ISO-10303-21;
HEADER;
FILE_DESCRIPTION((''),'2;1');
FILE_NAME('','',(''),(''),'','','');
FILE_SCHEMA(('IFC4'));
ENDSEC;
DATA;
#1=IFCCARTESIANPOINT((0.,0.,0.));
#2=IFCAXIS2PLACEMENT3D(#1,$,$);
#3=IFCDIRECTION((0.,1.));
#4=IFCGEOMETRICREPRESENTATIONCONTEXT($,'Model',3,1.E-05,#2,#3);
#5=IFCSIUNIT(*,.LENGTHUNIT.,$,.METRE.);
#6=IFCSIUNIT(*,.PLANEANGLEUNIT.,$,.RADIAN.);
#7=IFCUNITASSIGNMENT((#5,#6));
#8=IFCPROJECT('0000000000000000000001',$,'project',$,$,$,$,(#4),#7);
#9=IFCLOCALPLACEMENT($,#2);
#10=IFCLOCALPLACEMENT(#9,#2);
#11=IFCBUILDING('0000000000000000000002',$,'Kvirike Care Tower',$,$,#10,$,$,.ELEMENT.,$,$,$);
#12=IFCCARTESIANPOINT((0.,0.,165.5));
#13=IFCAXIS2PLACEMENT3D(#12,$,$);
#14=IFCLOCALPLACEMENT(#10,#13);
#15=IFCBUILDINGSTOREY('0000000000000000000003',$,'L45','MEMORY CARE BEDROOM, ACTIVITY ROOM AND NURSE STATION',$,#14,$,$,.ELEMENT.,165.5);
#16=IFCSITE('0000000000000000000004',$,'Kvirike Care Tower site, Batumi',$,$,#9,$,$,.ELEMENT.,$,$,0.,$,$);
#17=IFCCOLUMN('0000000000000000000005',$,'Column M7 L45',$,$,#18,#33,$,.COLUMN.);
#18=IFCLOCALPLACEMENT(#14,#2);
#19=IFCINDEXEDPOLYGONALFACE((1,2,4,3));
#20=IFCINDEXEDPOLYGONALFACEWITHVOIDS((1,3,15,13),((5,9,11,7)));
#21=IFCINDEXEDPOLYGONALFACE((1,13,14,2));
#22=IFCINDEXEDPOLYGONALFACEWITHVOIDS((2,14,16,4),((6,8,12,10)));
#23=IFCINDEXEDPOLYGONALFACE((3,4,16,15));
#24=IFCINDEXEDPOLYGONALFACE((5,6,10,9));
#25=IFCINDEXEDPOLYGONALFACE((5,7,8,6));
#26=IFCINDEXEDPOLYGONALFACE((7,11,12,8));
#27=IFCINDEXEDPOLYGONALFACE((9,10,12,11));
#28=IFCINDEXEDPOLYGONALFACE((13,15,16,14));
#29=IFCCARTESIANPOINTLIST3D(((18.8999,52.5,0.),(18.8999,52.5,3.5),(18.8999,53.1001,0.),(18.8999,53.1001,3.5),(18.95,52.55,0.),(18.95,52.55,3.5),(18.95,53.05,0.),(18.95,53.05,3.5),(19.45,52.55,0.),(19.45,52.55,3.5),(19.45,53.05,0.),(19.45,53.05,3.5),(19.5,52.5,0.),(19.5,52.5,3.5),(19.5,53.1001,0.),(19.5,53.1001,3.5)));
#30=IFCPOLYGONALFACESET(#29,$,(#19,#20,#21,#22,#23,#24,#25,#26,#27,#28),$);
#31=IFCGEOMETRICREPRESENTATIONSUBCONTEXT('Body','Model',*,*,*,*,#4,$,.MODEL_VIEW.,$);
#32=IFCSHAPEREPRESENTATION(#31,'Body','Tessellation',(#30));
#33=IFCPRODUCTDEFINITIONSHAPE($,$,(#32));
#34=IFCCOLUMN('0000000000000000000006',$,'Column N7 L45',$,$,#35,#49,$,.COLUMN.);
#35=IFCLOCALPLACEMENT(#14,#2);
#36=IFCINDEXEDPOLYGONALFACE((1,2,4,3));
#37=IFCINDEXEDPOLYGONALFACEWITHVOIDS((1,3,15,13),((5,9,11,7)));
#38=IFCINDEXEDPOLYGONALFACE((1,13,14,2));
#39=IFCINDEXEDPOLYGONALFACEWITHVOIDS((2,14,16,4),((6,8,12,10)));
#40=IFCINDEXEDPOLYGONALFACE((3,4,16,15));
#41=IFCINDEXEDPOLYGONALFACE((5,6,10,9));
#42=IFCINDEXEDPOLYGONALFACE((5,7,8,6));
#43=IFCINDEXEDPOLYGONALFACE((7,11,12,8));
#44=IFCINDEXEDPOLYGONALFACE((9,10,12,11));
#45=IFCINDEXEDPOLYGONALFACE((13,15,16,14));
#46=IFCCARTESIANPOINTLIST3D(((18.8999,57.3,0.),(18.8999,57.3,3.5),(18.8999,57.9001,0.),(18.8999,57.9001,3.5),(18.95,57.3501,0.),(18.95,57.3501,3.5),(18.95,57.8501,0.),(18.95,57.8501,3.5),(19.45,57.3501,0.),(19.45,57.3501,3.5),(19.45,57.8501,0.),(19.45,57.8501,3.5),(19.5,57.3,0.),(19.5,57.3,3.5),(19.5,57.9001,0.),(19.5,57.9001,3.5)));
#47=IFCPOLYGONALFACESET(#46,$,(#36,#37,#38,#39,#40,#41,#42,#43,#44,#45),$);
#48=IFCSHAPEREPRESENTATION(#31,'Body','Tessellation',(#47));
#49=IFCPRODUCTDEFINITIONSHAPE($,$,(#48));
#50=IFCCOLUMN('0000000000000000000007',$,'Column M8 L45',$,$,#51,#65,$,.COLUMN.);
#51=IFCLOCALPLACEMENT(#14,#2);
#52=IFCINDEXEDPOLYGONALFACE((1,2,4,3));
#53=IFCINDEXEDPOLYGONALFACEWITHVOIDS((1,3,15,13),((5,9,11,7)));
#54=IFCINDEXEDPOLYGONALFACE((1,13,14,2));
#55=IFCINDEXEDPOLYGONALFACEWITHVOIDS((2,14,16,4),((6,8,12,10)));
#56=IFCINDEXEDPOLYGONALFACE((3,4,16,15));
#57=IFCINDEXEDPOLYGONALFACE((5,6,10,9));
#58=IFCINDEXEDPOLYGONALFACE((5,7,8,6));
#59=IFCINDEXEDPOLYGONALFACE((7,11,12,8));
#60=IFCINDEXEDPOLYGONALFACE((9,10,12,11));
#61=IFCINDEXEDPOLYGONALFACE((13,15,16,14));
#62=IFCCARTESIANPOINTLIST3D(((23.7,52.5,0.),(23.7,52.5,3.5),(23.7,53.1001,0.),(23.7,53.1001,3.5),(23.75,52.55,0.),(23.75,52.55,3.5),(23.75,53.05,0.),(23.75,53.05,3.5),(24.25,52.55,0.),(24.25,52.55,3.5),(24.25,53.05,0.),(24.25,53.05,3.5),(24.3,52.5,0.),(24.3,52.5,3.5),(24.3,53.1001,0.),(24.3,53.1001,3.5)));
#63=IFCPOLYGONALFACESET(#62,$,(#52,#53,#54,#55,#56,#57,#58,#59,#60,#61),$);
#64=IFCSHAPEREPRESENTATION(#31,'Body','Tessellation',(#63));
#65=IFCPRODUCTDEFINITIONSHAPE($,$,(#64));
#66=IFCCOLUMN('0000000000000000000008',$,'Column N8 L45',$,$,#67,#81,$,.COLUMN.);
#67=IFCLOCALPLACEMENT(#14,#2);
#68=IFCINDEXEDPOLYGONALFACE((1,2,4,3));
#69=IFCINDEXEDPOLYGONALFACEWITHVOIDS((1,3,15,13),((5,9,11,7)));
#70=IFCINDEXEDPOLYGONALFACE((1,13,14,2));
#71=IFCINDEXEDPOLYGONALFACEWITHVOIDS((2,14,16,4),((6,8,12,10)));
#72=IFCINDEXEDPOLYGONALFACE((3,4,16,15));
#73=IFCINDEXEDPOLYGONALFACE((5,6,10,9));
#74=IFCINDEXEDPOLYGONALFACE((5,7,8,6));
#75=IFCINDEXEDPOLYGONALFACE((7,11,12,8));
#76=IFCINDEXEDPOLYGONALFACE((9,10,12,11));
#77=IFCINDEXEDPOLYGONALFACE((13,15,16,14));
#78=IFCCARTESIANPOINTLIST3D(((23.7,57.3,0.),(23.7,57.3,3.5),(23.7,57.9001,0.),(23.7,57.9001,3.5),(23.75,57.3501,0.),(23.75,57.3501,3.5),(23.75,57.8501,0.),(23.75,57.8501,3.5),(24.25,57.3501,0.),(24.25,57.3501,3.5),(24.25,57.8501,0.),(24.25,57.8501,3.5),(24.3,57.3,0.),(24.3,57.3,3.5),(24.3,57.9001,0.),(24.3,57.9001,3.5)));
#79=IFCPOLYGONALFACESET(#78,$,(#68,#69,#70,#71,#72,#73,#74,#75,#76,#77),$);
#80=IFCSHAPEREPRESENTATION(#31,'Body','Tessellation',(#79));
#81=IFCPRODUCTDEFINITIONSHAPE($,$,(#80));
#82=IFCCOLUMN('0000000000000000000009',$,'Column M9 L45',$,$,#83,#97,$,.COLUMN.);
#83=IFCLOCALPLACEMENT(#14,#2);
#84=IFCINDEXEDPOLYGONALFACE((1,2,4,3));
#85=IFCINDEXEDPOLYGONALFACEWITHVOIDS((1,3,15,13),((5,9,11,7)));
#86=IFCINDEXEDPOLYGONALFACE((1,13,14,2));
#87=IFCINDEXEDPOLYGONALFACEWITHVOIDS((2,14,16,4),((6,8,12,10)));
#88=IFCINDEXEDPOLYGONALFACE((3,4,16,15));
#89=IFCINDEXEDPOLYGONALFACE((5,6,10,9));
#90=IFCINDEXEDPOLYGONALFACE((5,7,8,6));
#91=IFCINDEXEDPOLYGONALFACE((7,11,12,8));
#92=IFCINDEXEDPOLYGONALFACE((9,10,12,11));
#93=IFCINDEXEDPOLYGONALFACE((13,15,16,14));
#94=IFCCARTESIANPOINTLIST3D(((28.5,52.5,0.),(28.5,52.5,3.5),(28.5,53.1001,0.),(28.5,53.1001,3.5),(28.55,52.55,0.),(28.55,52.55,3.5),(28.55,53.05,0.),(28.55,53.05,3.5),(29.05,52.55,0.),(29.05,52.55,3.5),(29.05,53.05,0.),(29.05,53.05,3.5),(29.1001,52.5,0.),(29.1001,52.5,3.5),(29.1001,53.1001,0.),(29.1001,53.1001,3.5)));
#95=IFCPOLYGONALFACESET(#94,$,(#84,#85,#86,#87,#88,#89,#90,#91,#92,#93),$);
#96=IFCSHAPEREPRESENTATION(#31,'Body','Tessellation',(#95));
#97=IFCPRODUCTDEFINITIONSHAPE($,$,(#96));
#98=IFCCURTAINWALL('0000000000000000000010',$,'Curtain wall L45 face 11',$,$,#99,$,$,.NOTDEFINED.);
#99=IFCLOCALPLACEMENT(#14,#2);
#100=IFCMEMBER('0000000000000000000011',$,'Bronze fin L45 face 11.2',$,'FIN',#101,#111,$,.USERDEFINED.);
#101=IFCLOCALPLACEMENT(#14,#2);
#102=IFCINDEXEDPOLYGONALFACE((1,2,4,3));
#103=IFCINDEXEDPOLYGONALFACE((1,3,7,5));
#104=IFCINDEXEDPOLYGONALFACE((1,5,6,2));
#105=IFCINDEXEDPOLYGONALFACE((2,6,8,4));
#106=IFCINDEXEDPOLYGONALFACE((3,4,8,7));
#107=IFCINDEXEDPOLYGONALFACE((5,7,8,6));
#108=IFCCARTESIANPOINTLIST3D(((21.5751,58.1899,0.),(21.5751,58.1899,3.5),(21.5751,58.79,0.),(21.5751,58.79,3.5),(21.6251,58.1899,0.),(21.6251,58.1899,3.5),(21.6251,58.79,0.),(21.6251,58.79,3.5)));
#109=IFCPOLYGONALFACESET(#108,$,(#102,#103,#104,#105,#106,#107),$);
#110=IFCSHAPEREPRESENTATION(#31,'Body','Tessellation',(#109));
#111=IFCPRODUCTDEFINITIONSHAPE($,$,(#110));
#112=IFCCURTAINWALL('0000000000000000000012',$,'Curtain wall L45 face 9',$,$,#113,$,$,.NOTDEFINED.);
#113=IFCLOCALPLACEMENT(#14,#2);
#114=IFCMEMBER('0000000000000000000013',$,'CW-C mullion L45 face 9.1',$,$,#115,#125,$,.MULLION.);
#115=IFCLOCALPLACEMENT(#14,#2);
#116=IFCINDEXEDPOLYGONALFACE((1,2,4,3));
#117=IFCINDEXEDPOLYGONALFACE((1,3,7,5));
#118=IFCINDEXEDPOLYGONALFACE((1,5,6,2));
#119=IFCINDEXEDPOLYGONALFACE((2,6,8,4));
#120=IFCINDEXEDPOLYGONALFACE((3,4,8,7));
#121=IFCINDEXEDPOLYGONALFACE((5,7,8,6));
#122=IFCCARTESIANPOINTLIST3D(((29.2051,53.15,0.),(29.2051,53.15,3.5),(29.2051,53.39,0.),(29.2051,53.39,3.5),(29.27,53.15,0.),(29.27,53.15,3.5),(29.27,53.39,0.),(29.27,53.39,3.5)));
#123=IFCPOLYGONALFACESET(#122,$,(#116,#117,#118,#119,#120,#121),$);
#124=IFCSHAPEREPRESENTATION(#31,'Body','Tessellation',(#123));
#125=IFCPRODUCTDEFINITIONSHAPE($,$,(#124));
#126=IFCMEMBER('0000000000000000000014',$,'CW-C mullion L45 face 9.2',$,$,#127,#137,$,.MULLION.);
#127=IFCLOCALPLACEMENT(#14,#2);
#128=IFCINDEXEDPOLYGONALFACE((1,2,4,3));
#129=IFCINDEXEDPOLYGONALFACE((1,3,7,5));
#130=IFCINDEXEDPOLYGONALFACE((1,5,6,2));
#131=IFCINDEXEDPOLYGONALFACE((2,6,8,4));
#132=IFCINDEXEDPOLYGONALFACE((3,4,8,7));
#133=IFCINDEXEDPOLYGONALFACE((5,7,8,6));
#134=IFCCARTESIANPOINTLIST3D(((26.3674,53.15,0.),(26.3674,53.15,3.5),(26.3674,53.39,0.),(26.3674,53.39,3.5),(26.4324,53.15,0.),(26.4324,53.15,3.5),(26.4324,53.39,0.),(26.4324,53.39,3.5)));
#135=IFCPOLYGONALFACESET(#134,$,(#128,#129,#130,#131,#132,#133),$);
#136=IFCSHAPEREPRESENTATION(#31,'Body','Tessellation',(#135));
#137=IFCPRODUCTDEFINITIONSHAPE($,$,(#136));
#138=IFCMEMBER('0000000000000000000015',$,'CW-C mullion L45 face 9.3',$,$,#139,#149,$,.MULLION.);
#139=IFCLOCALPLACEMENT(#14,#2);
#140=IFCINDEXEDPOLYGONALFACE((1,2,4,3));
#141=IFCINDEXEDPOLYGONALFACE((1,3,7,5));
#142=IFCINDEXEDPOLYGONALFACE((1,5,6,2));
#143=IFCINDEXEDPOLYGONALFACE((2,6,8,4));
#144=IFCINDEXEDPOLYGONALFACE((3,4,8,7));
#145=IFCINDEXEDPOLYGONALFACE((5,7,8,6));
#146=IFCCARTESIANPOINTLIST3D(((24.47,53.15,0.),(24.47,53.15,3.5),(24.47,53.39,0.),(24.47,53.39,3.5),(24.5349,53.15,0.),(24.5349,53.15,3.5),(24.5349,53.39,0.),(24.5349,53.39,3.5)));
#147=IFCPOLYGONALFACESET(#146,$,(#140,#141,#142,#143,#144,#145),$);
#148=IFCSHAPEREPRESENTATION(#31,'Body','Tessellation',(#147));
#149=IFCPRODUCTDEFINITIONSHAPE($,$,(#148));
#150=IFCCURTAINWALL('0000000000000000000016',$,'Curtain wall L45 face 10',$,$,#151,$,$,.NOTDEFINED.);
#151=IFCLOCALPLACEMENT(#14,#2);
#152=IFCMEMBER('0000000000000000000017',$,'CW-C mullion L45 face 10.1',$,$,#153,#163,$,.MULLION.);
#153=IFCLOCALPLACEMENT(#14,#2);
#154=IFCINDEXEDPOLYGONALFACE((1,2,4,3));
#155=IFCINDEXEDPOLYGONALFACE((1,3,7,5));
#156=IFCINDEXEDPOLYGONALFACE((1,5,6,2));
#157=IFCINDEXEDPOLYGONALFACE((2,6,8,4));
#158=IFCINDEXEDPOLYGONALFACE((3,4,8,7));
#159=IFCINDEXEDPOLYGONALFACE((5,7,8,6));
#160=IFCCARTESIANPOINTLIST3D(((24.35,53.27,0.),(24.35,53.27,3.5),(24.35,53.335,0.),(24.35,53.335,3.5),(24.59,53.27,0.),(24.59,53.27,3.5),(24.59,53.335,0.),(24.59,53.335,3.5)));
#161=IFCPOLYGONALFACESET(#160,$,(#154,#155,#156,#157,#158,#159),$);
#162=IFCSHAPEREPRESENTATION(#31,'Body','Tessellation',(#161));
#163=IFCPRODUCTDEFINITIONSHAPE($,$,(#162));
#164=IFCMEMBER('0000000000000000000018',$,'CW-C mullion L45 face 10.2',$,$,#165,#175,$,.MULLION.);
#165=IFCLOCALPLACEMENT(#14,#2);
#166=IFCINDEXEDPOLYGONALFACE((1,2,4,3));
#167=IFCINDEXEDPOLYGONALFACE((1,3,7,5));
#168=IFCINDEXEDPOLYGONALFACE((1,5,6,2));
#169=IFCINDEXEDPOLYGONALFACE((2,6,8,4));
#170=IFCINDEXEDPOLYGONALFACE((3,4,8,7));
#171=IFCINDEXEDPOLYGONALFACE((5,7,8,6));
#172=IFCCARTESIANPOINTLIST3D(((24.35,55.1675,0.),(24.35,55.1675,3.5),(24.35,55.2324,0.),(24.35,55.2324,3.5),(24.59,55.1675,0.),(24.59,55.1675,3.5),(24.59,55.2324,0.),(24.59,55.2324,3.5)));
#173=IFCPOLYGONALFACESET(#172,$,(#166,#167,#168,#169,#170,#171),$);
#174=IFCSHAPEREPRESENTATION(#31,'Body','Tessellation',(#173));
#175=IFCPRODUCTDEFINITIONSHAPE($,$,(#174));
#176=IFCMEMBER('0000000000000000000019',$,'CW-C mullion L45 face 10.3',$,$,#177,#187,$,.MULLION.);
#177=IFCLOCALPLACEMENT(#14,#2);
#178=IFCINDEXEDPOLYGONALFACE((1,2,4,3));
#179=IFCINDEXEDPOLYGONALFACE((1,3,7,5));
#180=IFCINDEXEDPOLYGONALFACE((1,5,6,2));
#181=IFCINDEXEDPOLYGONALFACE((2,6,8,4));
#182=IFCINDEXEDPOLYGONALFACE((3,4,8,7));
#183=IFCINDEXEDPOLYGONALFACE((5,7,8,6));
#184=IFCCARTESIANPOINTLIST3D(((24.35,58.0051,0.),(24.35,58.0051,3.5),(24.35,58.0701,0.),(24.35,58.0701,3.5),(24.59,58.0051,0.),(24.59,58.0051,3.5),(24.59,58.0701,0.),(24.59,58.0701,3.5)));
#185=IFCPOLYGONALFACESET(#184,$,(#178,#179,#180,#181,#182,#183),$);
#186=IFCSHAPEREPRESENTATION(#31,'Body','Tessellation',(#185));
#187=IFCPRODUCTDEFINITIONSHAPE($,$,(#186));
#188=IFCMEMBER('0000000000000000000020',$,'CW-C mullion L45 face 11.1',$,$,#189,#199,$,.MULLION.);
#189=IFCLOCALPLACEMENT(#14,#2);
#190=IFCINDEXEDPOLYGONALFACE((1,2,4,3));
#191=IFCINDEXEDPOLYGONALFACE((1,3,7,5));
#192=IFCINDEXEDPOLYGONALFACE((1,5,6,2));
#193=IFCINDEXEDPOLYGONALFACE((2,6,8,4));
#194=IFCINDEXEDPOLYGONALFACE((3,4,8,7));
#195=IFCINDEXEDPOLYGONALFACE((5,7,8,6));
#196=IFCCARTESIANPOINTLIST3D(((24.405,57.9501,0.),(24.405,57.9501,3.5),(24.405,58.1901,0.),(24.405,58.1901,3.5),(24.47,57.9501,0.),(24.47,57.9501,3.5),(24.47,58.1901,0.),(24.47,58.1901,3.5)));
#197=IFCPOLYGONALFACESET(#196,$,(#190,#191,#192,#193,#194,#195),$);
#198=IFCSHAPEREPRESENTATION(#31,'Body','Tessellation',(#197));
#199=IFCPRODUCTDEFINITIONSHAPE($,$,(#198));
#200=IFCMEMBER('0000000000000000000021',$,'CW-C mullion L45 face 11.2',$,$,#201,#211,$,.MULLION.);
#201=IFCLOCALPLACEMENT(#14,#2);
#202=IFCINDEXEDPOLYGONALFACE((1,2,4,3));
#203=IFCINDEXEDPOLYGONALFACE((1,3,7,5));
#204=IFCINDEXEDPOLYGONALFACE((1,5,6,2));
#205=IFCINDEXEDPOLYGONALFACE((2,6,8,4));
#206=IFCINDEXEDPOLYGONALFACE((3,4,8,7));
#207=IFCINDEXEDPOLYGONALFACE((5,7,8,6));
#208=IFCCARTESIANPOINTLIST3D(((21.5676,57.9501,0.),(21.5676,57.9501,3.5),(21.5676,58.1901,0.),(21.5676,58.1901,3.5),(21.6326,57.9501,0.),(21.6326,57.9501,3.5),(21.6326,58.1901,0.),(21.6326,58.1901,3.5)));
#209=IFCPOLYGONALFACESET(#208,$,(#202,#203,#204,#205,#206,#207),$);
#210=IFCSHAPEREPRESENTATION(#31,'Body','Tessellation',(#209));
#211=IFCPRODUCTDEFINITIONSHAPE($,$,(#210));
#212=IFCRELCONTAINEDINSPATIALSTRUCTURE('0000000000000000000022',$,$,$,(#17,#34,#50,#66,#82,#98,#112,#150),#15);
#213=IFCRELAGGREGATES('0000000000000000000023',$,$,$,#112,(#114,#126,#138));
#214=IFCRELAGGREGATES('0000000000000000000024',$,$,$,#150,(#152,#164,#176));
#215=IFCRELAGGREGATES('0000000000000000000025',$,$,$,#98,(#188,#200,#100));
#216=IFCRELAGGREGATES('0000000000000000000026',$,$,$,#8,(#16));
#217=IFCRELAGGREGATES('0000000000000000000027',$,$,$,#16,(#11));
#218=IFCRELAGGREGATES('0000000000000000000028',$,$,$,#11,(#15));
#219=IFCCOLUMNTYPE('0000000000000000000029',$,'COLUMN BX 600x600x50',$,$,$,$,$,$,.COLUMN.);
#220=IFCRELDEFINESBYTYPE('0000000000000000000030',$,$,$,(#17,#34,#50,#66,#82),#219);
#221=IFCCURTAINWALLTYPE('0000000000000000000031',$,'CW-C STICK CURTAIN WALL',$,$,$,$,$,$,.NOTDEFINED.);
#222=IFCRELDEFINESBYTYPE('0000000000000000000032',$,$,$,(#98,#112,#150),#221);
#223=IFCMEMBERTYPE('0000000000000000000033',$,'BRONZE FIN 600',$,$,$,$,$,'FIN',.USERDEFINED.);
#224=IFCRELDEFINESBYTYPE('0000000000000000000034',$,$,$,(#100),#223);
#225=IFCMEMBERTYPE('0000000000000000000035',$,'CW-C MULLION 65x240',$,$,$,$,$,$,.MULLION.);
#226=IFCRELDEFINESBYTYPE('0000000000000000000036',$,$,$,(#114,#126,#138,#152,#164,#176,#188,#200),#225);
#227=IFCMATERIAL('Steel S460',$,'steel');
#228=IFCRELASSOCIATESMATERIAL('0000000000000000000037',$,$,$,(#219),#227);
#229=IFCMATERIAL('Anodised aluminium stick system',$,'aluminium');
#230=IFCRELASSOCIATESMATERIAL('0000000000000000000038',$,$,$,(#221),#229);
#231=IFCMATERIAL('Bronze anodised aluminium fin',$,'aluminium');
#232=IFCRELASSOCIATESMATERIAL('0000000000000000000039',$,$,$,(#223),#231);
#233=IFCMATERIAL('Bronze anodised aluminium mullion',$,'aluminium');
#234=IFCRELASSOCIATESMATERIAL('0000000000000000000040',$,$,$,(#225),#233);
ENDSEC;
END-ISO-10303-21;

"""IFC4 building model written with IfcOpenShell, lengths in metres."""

from ifc_helpers import new_model, si_unit, direction, frame, origin, origin_2d, place, context, subcontext, project, spatial, rectangle, hollow_rectangle, extrude, material, material_profile, profile_set, type_object, element, aggregate, save


model = new_model("IFC4")

# Units and contexts
model_context = context("Model", 3, precision=1e-05, world=origin(), true_north=direction((0.0, 1.0)))
body_context = subcontext(model_context, "Body", "Model", "MODEL_VIEW")
ifc_project = project(units=[si_unit("LENGTHUNIT", "METRE"), si_unit("PLANEANGLEUNIT", "RADIAN")], contexts=[model_context])

# Site, building, storey
site_placement = place(None, origin())
site = spatial("IfcSite", under=ifc_project, at=site_placement, Name="Kvirike Care Tower site, Batumi", CompositionType="ELEMENT", RefElevation=0.0)
building_placement = place(site_placement, origin())
building = spatial("IfcBuilding", under=site, at=building_placement, Name="Kvirike Care Tower", CompositionType="ELEMENT")
storey_placement = place(building_placement, frame((0.0, 0.0, 165.5)))
storey = spatial("IfcBuildingStorey", under=building, at=storey_placement, Name="L45", Description="MEMORY CARE BEDROOM, ACTIVITY ROOM AND NURSE STATION", CompositionType="ELEMENT", Elevation=165.5)

# Columns
ifc_material_1 = material(Name="Steel S460", Category="steel")
ifc_material_profile_1 = material_profile(ifc_material_1, hollow_rectangle(XDim=0.6001, YDim=0.6001, WallThickness=0.05, at=origin_2d()), Name="BX 600x600x50")
ifc_profile_set_1 = profile_set([ifc_material_profile_1], Name="Steel S460")
column_type = type_object("IfcColumnType", Name="COLUMN BX 600x600x50", PredefinedType="COLUMN", material=ifc_profile_set_1)
for number, where, z_axis, x_axis, name in (
    (1, (19.2, 52.8, 0.0), (0.0, 0.0, 1.0), (0.0, 1.0, 0.0), "Column M7 L45"),
    (2, (19.2, 57.6001, 0.0), (0.0, 0.0, 1.0), (0.0, 1.0, 0.0), "Column N7 L45"),
    (3, (24.0, 52.8, 0.0), (0.0, 0.0, 1.0), (0.0, 1.0, 0.0), "Column M8 L45"),
    (4, (24.0, 57.6001, 0.0), (0.0, 0.0, 1.0), (0.0, 1.0, 0.0), "Column N8 L45"),
    (5, (28.8, 52.8, 0.0), (0.0, 0.0, 1.0), (0.0, 1.0, 0.0), "Column M9 L45"),
):
    element("IfcColumn", number, at=place(storey_placement, frame(where, z_axis=z_axis, x_axis=x_axis)), inside=storey, type_object=column_type, Name=name, PredefinedType="COLUMN", context=body_context, shape_type="SweptSolid", body=[
        extrude(hollow_rectangle(XDim=0.6001, YDim=0.6001, WallThickness=0.05, at=origin_2d()), origin(), (0.0, 0.0, 1.0), 3.5),
    ])

# Curtain wall, member
ifc_material_2 = material(Name="Anodised aluminium stick system", Category="aluminium")
curtain_wall_type = type_object("IfcCurtainWallType", Name="CW-C STICK CURTAIN WALL", PredefinedType="NOTDEFINED", material=ifc_material_2)
curtain_wall_1_placement = place(storey_placement, origin())
curtain_wall_1 = element("IfcCurtainWall", 6, at=curtain_wall_1_placement, inside=storey, type_object=curtain_wall_type, Name="Curtain wall L45 face 11", PredefinedType="NOTDEFINED")
ifc_material_3 = material(Name="Bronze anodised aluminium fin", Category="aluminium")
ifc_material_profile_2 = material_profile(ifc_material_3, rectangle(XDim=0.05, YDim=0.6001, at=origin_2d()), Name="BRONZE FIN 600")
ifc_profile_set_2 = profile_set([ifc_material_profile_2], Name="Bronze anodised aluminium fin")
member_type_1 = type_object("IfcMemberType", Name="BRONZE FIN 600", ElementType="FIN", PredefinedType="USERDEFINED", material=ifc_profile_set_2)
member_1_placement = place(storey_placement, frame((21.6001, 58.49, 0.0), z_axis=(0.0, 0.0, 1.0), x_axis=(-1.0, 0.0, 0.0)))
member_1 = element("IfcMember", 7, at=member_1_placement, type_object=member_type_1, Name="Bronze fin L45 face 11.2", ObjectType="FIN", PredefinedType="USERDEFINED", context=body_context, shape_type="SweptSolid", body=[
    extrude(rectangle(XDim=0.05, YDim=0.6001, at=origin_2d()), origin(), (0.0, 0.0, 1.0), 3.5),
])

# Curtain walls, members
curtain_wall_2_placement = place(storey_placement, origin())
curtain_wall_2 = element("IfcCurtainWall", 8, at=curtain_wall_2_placement, inside=storey, type_object=curtain_wall_type, Name="Curtain wall L45 face 9", PredefinedType="NOTDEFINED")
ifc_material_4 = material(Name="Bronze anodised aluminium mullion", Category="aluminium")
ifc_material_profile_3 = material_profile(ifc_material_4, rectangle(XDim=0.0649, YDim=0.24, at=origin_2d()), Name="CW-C MULLION 65x240")
ifc_profile_set_3 = profile_set([ifc_material_profile_3], Name="Bronze anodised aluminium mullion")
member_type_2 = type_object("IfcMemberType", Name="CW-C MULLION 65x240", PredefinedType="MULLION", material=ifc_profile_set_3)
member_2_placement = place(storey_placement, frame((29.2375, 53.27, 0.0), z_axis=(0.0, 0.0, 1.0), x_axis=(-1.0, 0.0, 0.0)))
member_2 = element("IfcMember", 9, at=member_2_placement, type_object=member_type_2, Name="CW-C mullion L45 face 9.1", PredefinedType="MULLION", context=body_context, shape_type="SweptSolid", body=[
    extrude(rectangle(XDim=0.0649, YDim=0.24, at=origin_2d()), origin(), (0.0, 0.0, 1.0), 3.5),
])
member_3_placement = place(storey_placement, frame((26.3999, 53.27, 0.0), z_axis=(0.0, 0.0, 1.0), x_axis=(-1.0, 0.0, 0.0)))
member_3 = element("IfcMember", 10, at=member_3_placement, type_object=member_type_2, Name="CW-C mullion L45 face 9.2", PredefinedType="MULLION", context=body_context, shape_type="SweptSolid", body=[
    extrude(rectangle(XDim=0.0649, YDim=0.24, at=origin_2d()), origin(), (0.0, 0.0, 1.0), 3.5),
])
member_4_placement = place(storey_placement, frame((24.5024, 53.27, 0.0), z_axis=(0.0, 0.0, 1.0), x_axis=(-1.0, 0.0, 0.0)))
member_4 = element("IfcMember", 11, at=member_4_placement, type_object=member_type_2, Name="CW-C mullion L45 face 9.3", PredefinedType="MULLION", context=body_context, shape_type="SweptSolid", body=[
    extrude(rectangle(XDim=0.0649, YDim=0.24, at=origin_2d()), origin(), (0.0, 0.0, 1.0), 3.5),
])
curtain_wall_3_placement = place(storey_placement, origin())
curtain_wall_3 = element("IfcCurtainWall", 12, at=curtain_wall_3_placement, inside=storey, type_object=curtain_wall_type, Name="Curtain wall L45 face 10", PredefinedType="NOTDEFINED")
member_5_placement = place(storey_placement, frame((24.47, 53.3025, 0.0), z_axis=(0.0, 0.0, 1.0), x_axis=(0.0, 1.0, 0.0)))
member_5 = element("IfcMember", 13, at=member_5_placement, type_object=member_type_2, Name="CW-C mullion L45 face 10.1", PredefinedType="MULLION", context=body_context, shape_type="SweptSolid", body=[
    extrude(rectangle(XDim=0.0649, YDim=0.24, at=origin_2d()), origin(), (0.0, 0.0, 1.0), 3.5),
])
member_6_placement = place(storey_placement, frame((24.47, 55.2, 0.0), z_axis=(0.0, 0.0, 1.0), x_axis=(0.0, 1.0, 0.0)))
member_6 = element("IfcMember", 14, at=member_6_placement, type_object=member_type_2, Name="CW-C mullion L45 face 10.2", PredefinedType="MULLION", context=body_context, shape_type="SweptSolid", body=[
    extrude(rectangle(XDim=0.0649, YDim=0.24, at=origin_2d()), origin(), (0.0, 0.0, 1.0), 3.5),
])
member_7_placement = place(storey_placement, frame((24.47, 58.0376, 0.0), z_axis=(0.0, 0.0, 1.0), x_axis=(0.0, 1.0, 0.0)))
member_7 = element("IfcMember", 15, at=member_7_placement, type_object=member_type_2, Name="CW-C mullion L45 face 10.3", PredefinedType="MULLION", context=body_context, shape_type="SweptSolid", body=[
    extrude(rectangle(XDim=0.0649, YDim=0.24, at=origin_2d()), origin(), (0.0, 0.0, 1.0), 3.5),
])

# Members
member_8_placement = place(storey_placement, frame((24.4375, 58.0701, 0.0), z_axis=(0.0, 0.0, 1.0), x_axis=(-1.0, 0.0, 0.0)))
member_8 = element("IfcMember", 16, at=member_8_placement, type_object=member_type_2, Name="CW-C mullion L45 face 11.1", PredefinedType="MULLION", context=body_context, shape_type="SweptSolid", body=[
    extrude(rectangle(XDim=0.0649, YDim=0.24, at=origin_2d()), origin(), (0.0, 0.0, 1.0), 3.5),
])
member_9_placement = place(storey_placement, frame((21.6001, 58.0701, 0.0), z_axis=(0.0, 0.0, 1.0), x_axis=(-1.0, 0.0, 0.0)))
member_9 = element("IfcMember", 17, at=member_9_placement, type_object=member_type_2, Name="CW-C mullion L45 face 11.2", PredefinedType="MULLION", context=body_context, shape_type="SweptSolid", body=[
    extrude(rectangle(XDim=0.0649, YDim=0.24, at=origin_2d()), origin(), (0.0, 0.0, 1.0), 3.5),
])

aggregate(curtain_wall_2, [member_2, member_3, member_4])
aggregate(curtain_wall_3, [member_5, member_6, member_7])
aggregate(curtain_wall_1, [member_8, member_9, member_1])

save(model, "model.ifc")
